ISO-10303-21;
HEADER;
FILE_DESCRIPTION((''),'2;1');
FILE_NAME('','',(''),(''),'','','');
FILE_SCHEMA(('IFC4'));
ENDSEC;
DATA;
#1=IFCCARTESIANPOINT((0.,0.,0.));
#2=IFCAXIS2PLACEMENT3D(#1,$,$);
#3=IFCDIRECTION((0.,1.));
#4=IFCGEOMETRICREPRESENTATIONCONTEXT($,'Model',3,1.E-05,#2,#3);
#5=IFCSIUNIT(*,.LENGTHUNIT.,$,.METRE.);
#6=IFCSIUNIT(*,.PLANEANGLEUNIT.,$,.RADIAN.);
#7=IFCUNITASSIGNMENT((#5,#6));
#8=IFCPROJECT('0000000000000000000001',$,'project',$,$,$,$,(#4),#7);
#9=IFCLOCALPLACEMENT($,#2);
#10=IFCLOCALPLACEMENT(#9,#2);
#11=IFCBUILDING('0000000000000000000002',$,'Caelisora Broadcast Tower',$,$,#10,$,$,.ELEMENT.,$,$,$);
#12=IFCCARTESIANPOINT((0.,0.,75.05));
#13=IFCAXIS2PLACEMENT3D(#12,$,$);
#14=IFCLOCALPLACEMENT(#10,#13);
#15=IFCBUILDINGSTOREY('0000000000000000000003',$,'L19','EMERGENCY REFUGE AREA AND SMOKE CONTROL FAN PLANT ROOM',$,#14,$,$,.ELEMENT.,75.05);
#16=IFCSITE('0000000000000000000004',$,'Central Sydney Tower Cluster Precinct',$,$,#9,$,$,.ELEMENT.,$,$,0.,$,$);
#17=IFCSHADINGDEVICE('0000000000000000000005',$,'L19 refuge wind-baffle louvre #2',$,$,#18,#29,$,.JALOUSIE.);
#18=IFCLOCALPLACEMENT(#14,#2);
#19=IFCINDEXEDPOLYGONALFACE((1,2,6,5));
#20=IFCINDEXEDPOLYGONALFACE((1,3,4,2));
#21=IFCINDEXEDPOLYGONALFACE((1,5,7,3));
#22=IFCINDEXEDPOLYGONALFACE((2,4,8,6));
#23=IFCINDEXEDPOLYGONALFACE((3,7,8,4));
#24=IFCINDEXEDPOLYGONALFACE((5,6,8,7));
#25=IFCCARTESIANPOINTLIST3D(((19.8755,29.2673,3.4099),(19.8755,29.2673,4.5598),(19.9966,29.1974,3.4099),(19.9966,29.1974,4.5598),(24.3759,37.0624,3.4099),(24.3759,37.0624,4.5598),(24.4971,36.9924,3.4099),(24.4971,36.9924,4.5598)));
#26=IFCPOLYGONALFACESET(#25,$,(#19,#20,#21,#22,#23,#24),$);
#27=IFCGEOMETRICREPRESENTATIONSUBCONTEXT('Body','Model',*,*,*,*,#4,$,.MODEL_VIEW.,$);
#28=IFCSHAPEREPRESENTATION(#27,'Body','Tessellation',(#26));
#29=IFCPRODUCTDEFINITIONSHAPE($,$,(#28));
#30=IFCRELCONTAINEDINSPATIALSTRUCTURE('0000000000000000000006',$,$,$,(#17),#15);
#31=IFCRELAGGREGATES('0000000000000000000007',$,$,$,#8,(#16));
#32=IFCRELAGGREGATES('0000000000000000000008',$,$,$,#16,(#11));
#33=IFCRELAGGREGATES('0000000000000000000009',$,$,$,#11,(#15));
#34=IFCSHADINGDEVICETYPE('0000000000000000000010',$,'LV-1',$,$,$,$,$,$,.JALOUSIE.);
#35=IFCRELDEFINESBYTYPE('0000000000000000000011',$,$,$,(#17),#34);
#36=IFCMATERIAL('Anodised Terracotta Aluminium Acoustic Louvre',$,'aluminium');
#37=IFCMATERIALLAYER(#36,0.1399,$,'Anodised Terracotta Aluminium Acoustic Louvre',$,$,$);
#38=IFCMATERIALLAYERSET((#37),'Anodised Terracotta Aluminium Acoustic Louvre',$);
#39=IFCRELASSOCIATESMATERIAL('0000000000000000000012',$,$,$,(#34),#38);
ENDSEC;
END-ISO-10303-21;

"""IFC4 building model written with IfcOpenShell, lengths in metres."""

from ifc_helpers import new_model, si_unit, direction, frame, origin, origin_2d, place, context, subcontext, project, spatial, rectangle, extrude, source, transform, mapped, material, layer, layer_set, type_object, type_shapes, element, save


model = new_model("IFC4")

# Units and contexts
model_context = context("Model", 3, precision=1e-05, world=origin(), true_north=direction((0.0, 1.0)))
body_context = subcontext(model_context, "Body", "Model", "MODEL_VIEW")
ifc_project = project(units=[si_unit("LENGTHUNIT", "METRE"), si_unit("PLANEANGLEUNIT", "RADIAN")], contexts=[model_context])

# Site, building, storey
site_placement = place(None, origin())
site = spatial("IfcSite", under=ifc_project, at=site_placement, Name="Central Sydney Tower Cluster Precinct", CompositionType="ELEMENT", RefElevation=0.0)
building_placement = place(site_placement, origin())
building = spatial("IfcBuilding", under=site, at=building_placement, Name="Caelisora Broadcast Tower", CompositionType="ELEMENT")
storey_placement = place(building_placement, frame((0.0, 0.0, 75.05)))
storey = spatial("IfcBuildingStorey", under=building, at=storey_placement, Name="L19", Description="EMERGENCY REFUGE AREA AND SMOKE CONTROL FAN PLANT ROOM", CompositionType="ELEMENT", Elevation=75.05)

# Shading device
ifc_material_1 = material(Name="Anodised Terracotta Aluminium Acoustic Louvre", Category="aluminium")
ifc_layer_1 = layer(ifc_material_1, 0.1399, Name="Anodised Terracotta Aluminium Acoustic Louvre")
ifc_layer_set_1 = layer_set([ifc_layer_1], Name="Anodised Terracotta Aluminium Acoustic Louvre")
shading_device_type = type_object("IfcShadingDeviceType", Name="LV-1", PredefinedType="JALOUSIE", material=ifc_layer_set_1)
shared_shape_1 = source(origin(), body_context, "Body", "SweptSolid", [
    extrude(rectangle(XDim=9.001, YDim=0.1399, at=origin_2d()), origin(), (0.0, 0.0, 1.0), 1.1499),
])
type_shapes(shading_device_type, [shared_shape_1])
for number, where, z_axis, x_axis, name in (
    (1, (22.1863, 33.1299, 3.4099), (0.0, 0.0, 1.0), (-0.5, -0.866025, 0.0), "L19 refuge wind-baffle louvre #2"),
):
    element("IfcShadingDevice", number, at=place(storey_placement, frame(where, z_axis=z_axis, x_axis=x_axis)), inside=storey, type_object=shading_device_type, Name=name, PredefinedType="JALOUSIE", context=body_context, shape_type="MappedRepresentation", body=[
        mapped(shared_shape_1, transform((0.0, 0.0, 0.0), scale=1.0)),
    ])

save(model, "model.ifc")
